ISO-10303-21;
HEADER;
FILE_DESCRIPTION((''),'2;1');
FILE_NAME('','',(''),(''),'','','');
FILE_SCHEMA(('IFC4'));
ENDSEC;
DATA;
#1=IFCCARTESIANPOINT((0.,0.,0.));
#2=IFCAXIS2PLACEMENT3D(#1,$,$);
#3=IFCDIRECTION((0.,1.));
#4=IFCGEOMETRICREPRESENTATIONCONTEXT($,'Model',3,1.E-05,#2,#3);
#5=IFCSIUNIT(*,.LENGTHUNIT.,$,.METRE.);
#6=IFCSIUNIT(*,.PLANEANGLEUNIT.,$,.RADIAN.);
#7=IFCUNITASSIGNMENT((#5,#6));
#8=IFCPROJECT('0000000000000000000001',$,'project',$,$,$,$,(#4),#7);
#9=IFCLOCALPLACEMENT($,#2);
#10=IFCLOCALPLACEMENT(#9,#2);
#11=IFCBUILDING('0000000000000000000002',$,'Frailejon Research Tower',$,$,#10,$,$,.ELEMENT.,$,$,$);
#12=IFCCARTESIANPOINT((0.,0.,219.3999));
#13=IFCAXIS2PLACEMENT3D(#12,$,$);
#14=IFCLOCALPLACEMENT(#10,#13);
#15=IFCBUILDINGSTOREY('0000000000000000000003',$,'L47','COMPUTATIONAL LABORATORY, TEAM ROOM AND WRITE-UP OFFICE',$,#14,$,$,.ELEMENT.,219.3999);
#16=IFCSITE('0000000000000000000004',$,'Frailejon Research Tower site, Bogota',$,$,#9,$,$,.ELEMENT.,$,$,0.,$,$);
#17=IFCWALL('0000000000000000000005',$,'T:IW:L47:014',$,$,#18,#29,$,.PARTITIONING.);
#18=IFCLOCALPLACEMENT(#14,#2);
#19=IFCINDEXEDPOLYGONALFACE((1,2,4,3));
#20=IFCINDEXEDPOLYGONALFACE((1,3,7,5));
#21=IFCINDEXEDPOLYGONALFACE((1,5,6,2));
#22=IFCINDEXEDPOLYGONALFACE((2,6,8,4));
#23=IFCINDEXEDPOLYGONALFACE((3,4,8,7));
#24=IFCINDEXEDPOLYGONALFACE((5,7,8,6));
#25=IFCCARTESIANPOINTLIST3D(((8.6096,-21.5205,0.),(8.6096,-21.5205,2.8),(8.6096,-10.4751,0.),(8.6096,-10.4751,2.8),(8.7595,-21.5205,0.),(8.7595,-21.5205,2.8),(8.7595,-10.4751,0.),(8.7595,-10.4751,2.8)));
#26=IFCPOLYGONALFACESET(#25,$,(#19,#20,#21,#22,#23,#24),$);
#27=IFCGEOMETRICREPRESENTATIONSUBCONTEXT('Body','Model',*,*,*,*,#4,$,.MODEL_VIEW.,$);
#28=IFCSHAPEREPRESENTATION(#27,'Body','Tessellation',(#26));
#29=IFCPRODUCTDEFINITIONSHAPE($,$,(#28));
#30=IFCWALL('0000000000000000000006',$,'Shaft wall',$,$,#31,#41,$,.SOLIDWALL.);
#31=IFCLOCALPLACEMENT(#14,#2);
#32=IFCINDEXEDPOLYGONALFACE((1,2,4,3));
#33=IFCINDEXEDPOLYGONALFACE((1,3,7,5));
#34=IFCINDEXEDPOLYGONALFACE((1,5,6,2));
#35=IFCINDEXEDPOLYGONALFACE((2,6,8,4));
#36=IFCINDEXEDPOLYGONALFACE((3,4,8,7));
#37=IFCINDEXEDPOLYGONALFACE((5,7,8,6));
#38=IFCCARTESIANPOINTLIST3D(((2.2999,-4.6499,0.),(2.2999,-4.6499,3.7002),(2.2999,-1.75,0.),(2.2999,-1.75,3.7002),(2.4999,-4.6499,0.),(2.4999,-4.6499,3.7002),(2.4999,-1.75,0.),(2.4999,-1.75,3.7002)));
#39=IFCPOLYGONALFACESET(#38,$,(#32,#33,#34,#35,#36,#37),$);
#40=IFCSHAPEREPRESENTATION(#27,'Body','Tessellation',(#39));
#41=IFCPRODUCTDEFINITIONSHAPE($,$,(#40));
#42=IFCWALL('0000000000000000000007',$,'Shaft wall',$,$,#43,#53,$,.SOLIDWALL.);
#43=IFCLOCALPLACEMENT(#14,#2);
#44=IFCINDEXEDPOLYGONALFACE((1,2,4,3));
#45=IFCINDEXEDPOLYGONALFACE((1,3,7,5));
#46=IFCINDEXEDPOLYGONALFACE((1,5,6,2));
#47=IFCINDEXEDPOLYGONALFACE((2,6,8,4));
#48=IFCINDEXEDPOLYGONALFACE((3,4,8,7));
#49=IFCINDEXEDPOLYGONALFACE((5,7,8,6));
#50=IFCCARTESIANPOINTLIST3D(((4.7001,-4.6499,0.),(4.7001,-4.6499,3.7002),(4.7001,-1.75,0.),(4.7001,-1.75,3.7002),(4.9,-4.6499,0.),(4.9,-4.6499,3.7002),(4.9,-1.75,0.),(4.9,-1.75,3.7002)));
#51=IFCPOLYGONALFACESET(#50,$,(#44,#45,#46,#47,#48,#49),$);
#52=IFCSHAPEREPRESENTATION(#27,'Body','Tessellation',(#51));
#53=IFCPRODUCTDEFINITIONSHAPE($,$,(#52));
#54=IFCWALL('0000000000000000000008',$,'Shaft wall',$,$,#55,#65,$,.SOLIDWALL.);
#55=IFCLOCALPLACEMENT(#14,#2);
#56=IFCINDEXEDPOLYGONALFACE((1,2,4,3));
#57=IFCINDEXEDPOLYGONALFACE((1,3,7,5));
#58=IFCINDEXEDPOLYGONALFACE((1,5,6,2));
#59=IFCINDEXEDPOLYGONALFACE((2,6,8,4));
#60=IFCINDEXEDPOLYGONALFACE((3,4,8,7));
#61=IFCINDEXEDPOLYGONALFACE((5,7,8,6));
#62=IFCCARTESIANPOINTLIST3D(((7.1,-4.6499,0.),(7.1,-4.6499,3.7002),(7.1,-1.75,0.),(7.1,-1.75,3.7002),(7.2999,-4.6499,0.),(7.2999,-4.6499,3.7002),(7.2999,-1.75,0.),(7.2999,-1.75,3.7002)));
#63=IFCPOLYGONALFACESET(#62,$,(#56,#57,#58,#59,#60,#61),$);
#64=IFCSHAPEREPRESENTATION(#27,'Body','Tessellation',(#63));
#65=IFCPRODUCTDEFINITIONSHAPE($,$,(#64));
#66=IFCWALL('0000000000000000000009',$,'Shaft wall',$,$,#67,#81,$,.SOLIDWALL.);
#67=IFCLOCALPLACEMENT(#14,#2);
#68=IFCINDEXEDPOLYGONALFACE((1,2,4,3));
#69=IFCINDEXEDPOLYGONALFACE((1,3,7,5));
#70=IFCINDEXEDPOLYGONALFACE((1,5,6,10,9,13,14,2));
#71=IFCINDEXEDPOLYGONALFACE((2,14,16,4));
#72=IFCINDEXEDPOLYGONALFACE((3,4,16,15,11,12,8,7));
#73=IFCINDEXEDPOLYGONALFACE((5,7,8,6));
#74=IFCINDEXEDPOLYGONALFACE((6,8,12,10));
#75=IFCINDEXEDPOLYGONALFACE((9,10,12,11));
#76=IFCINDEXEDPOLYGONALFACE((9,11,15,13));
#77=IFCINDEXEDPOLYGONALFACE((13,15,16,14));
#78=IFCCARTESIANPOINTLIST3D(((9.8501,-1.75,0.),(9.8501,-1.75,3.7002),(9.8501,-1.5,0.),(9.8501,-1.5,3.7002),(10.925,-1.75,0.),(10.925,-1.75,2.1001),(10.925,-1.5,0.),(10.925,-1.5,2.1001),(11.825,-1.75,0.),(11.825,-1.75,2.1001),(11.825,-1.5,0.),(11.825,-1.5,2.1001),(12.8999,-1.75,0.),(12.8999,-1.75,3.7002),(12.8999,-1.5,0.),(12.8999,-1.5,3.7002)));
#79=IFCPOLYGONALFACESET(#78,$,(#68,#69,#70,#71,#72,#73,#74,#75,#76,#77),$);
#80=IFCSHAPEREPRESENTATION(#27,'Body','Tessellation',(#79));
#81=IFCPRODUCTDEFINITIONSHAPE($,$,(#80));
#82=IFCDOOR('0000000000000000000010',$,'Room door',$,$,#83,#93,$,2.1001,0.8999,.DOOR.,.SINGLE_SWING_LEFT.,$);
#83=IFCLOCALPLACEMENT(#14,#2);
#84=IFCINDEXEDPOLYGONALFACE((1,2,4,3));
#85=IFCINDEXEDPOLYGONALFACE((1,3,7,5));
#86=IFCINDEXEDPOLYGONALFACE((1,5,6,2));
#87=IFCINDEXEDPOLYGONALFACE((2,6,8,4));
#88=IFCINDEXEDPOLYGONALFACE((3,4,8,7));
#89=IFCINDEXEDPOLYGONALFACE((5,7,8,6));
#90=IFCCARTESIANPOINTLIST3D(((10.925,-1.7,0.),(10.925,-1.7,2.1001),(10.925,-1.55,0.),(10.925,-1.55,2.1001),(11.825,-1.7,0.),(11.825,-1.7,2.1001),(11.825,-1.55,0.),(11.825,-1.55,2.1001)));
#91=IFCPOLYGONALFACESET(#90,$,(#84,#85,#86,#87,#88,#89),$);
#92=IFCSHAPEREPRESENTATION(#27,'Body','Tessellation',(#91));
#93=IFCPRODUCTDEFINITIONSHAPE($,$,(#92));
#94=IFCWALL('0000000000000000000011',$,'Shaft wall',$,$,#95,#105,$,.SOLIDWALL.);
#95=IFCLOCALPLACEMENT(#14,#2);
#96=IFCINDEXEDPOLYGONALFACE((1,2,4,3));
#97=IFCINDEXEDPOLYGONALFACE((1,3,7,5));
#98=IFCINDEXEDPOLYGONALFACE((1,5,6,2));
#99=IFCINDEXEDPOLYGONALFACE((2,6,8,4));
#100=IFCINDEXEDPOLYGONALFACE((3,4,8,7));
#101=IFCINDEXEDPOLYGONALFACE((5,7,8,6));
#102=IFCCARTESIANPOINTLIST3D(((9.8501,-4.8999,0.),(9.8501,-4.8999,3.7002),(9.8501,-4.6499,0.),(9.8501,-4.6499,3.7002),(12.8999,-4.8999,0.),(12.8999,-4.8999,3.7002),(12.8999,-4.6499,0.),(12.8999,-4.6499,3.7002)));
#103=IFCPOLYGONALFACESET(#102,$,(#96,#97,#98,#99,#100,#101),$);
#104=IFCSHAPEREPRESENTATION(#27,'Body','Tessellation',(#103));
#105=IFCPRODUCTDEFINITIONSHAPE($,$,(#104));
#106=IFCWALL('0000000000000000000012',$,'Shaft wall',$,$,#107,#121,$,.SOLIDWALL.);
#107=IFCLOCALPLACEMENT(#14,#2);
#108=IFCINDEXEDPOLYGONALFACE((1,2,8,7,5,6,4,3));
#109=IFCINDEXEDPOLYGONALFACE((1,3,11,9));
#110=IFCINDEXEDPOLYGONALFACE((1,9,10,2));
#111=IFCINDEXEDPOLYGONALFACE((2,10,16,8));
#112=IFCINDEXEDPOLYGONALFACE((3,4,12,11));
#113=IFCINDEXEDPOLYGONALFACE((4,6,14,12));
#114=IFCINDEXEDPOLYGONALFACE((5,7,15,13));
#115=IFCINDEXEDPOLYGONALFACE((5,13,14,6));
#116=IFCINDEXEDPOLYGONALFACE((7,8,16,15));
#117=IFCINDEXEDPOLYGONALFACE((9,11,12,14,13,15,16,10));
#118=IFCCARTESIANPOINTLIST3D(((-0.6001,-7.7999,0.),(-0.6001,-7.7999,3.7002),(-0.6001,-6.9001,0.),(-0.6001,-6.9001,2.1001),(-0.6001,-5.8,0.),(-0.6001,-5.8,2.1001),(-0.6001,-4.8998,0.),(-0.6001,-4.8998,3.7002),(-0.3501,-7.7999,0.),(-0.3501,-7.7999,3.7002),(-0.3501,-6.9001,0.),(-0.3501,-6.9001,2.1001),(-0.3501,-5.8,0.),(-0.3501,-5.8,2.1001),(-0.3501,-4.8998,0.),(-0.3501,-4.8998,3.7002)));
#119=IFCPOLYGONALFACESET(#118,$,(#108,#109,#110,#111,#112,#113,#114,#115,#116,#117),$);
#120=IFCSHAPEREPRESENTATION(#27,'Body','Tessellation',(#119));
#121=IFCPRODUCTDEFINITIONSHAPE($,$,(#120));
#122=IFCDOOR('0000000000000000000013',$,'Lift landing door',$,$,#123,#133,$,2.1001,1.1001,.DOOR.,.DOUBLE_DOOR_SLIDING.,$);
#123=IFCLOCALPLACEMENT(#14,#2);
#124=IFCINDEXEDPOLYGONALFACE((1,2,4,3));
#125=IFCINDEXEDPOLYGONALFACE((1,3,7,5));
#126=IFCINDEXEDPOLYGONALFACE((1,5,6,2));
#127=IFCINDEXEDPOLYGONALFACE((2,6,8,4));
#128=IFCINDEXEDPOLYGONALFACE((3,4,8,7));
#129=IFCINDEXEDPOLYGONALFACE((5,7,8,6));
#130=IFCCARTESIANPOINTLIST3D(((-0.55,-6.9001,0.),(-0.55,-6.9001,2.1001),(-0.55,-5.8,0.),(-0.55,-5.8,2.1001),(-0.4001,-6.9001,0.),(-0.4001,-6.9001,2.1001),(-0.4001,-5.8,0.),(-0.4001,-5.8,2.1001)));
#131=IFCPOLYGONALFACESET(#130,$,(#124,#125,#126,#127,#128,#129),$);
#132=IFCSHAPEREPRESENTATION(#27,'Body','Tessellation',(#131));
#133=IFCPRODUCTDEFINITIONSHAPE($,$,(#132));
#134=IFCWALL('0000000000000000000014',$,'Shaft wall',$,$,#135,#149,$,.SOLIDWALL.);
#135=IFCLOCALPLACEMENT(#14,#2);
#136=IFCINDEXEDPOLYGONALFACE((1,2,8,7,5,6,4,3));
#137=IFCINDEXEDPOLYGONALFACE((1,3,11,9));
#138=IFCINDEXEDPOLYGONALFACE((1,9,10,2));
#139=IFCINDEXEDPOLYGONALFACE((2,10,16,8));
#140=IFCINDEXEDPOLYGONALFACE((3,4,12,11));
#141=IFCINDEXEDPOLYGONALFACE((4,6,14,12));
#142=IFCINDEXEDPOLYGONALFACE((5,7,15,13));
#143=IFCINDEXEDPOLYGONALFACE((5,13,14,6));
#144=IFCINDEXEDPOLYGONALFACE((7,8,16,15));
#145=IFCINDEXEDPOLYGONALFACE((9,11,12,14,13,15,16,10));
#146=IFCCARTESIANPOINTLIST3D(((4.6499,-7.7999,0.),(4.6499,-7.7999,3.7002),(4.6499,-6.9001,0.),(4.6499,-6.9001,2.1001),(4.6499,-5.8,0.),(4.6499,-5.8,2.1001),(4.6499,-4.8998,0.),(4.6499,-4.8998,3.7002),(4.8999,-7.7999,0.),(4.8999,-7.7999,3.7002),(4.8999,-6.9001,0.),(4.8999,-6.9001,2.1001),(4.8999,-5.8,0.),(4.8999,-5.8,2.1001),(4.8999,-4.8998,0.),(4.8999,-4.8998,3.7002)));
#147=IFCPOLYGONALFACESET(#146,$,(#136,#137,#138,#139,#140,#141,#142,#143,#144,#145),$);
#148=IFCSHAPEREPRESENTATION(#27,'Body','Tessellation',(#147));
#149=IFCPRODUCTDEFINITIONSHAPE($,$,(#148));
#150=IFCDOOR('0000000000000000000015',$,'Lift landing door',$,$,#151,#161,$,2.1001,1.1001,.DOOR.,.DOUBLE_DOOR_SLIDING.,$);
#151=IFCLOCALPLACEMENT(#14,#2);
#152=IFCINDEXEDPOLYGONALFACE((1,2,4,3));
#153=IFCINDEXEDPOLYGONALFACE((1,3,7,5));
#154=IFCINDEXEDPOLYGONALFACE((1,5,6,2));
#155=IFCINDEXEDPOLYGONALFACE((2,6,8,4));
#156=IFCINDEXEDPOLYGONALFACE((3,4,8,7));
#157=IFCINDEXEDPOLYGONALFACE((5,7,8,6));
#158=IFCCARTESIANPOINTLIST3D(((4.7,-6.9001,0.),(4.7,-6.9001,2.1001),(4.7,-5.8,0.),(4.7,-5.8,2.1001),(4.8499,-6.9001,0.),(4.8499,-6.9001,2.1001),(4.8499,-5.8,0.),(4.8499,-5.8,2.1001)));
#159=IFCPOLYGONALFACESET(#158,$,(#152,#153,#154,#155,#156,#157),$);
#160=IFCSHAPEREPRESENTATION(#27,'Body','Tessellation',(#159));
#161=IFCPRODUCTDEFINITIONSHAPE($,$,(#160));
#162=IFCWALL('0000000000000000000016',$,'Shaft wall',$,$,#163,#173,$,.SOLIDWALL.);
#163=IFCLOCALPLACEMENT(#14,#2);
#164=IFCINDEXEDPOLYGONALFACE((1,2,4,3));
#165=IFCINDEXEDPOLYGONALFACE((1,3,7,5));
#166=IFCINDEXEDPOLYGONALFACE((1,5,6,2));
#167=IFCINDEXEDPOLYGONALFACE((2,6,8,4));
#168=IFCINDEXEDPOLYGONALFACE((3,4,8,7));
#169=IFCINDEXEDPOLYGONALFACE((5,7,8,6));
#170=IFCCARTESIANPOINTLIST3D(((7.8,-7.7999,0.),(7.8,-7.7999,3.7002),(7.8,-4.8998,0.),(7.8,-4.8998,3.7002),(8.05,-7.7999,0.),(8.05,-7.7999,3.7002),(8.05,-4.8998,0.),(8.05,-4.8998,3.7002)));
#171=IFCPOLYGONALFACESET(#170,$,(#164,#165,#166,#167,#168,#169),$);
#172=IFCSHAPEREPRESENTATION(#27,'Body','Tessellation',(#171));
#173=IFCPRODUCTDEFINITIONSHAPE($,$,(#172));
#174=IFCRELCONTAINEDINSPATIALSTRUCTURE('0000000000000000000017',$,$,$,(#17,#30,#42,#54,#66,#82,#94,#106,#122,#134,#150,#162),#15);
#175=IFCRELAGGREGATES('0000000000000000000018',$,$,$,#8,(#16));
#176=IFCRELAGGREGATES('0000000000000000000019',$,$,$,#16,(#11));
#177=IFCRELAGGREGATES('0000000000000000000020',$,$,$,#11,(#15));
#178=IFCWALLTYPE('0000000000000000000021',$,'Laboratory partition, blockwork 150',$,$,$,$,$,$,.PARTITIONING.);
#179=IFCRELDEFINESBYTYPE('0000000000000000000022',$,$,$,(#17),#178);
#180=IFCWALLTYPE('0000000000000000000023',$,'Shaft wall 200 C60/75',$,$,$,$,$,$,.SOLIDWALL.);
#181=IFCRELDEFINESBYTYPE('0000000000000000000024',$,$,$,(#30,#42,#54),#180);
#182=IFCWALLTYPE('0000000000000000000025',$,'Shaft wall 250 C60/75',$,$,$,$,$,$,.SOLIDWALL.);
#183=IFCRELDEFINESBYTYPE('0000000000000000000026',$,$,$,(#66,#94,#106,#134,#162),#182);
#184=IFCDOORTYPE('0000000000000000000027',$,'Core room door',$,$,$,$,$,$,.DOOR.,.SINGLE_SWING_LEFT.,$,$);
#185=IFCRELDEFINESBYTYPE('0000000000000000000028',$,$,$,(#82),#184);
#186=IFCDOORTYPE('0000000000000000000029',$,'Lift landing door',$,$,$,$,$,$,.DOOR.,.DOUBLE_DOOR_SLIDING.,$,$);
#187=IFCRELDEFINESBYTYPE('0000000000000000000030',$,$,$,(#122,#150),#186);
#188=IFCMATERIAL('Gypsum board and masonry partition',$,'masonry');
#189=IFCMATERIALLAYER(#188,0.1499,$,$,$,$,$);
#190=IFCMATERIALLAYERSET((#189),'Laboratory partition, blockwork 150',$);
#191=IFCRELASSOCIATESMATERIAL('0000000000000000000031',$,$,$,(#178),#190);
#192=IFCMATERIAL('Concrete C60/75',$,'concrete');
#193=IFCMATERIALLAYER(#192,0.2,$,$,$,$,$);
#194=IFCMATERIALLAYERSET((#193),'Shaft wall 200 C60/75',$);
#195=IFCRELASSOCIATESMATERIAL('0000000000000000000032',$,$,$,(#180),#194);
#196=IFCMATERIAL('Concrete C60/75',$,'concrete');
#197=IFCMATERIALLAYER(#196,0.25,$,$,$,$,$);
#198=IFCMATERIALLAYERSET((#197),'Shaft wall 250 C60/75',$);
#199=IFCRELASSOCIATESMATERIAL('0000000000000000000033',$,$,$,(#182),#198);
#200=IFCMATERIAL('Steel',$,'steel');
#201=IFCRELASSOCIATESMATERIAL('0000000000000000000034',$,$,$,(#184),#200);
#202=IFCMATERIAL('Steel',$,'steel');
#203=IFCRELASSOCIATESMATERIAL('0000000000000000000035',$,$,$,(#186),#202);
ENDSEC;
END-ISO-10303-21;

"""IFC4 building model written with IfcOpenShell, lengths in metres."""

from ifc_helpers import new_model, si_unit, direction, frame, frame_2d, origin, place, context, subcontext, project, spatial, rectangle, extrude, material, layer, layer_set, type_object, element, fill, save


model = new_model("IFC4")

# Units and contexts
model_context = context("Model", 3, precision=1e-05, world=origin(), true_north=direction((0.0, 1.0)))
body_context = subcontext(model_context, "Body", "Model", "MODEL_VIEW")
ifc_project = project(units=[si_unit("LENGTHUNIT", "METRE"), si_unit("PLANEANGLEUNIT", "RADIAN")], contexts=[model_context])

# Site, building, storey
site_placement = place(None, origin())
site = spatial("IfcSite", under=ifc_project, at=site_placement, Name="Frailejon Research Tower site, Bogota", CompositionType="ELEMENT", RefElevation=0.0)
building_placement = place(site_placement, origin())
building = spatial("IfcBuilding", under=site, at=building_placement, Name="Frailejon Research Tower", CompositionType="ELEMENT")
storey_placement = place(building_placement, frame((0.0, 0.0, 219.3999)))
storey = spatial("IfcBuildingStorey", under=building, at=storey_placement, Name="L47", Description="COMPUTATIONAL LABORATORY, TEAM ROOM AND WRITE-UP OFFICE", CompositionType="ELEMENT", Elevation=219.3999)

# Walls
ifc_material_1 = material(Name="Gypsum board and masonry partition", Category="masonry")
ifc_layer_1 = layer(ifc_material_1, 0.1499)
ifc_layer_set_1 = layer_set([ifc_layer_1], Name="Laboratory partition, blockwork 150")
wall_type_1 = type_object("IfcWallType", Name="Laboratory partition, blockwork 150", PredefinedType="PARTITIONING", material=ifc_layer_set_1)
wall_1_placement = place(storey_placement, frame((8.6846, -21.5205, 0.0), z_axis=(0.0, 0.0, 1.0), x_axis=(0.0, 1.0, 0.0)))
element("IfcWall", 1, at=wall_1_placement, inside=storey, type_object=wall_type_1, Name="T:IW:L47:014", PredefinedType="PARTITIONING", context=body_context, shape_type="SweptSolid", body=[
    extrude(rectangle(XDim=11.0454, YDim=0.1499, at=frame_2d((5.5227, 0.0))), origin(), (0.0, 0.0, 1.0), 2.8),
])
ifc_material_2 = material(Name="Concrete C60/75", Category="concrete")
ifc_layer_2 = layer(ifc_material_2, 0.2)
ifc_layer_set_2 = layer_set([ifc_layer_2], Name="Shaft wall 200 C60/75")
wall_type_2 = type_object("IfcWallType", Name="Shaft wall 200 C60/75", PredefinedType="SOLIDWALL", material=ifc_layer_set_2)
for number, where, z_axis, x_axis, name in (
    (2, (2.3999, -4.6499, 0.0), (0.0, 0.0, 1.0), (0.0, 1.0, 0.0), "Shaft wall"),
    (3, (4.8, -4.6499, 0.0), (0.0, 0.0, 1.0), (0.0, 1.0, 0.0), "Shaft wall"),
    (4, (7.2, -4.6499, 0.0), (0.0, 0.0, 1.0), (0.0, 1.0, 0.0), "Shaft wall"),
):
    element("IfcWall", number, at=place(storey_placement, frame(where, z_axis=z_axis, x_axis=x_axis)), inside=storey, type_object=wall_type_2, Name=name, PredefinedType="SOLIDWALL", context=body_context, shape_type="SweptSolid", body=[
        extrude(rectangle(XDim=2.8999, YDim=0.2, at=frame_2d((1.45, 0.0))), origin(), (0.0, 0.0, 1.0), 3.7002),
    ])

# Wall, opening, door
ifc_material_3 = material(Name="Concrete C60/75", Category="concrete")
ifc_layer_3 = layer(ifc_material_3, 0.25)
ifc_layer_set_3 = layer_set([ifc_layer_3], Name="Shaft wall 250 C60/75")
wall_type_3 = type_object("IfcWallType", Name="Shaft wall 250 C60/75", PredefinedType="SOLIDWALL", material=ifc_layer_set_3)
wall_2_placement = place(storey_placement, frame((9.8501, -1.625, 0.0), z_axis=(0.0, 0.0, 1.0), x_axis=(1.0, 0.0, 0.0)))
wall_2 = element("IfcWall", 5, at=wall_2_placement, inside=storey, type_object=wall_type_3, Name="Shaft wall", PredefinedType="SOLIDWALL", context=body_context, shape_type="SweptSolid", body=[
    extrude(rectangle(XDim=3.0498, YDim=0.25, at=frame_2d((1.5249, 0.0))), origin(), (0.0, 0.0, 1.0), 3.7002),
])
opening_1_placement = place(wall_2_placement, frame((1.075, 0.0, 0.0)))
opening_1 = element("IfcOpeningElement", 6, at=opening_1_placement, cuts=wall_2, PredefinedType="OPENING", context=body_context, shape_type="SweptSolid", body=[
    extrude(rectangle(XDim=0.8999, YDim=2.1001, at=frame_2d((0.45, 1.05))), frame((0.0, 0.135, 0.0), z_axis=(0.0, -1.0, 0.0), x_axis=(1.0, 0.0, 0.0)), (0.0, 0.0, 1.0), 0.27),
])
ifc_material_4 = material(Name="Steel", Category="steel")
door_type_1 = type_object("IfcDoorType", Name="Core room door", OperationType="SINGLE_SWING_LEFT", PredefinedType="DOOR", material=ifc_material_4)
door_1_placement = place(opening_1_placement, origin())
door_1 = element("IfcDoor", 7, at=door_1_placement, inside=storey, type_object=door_type_1, Name="Room door", OperationType="SINGLE_SWING_LEFT", OverallHeight=2.1001, OverallWidth=0.8999, PredefinedType="DOOR", context=body_context, shape_type="SweptSolid", body=[
    extrude(rectangle(XDim=0.8999, YDim=2.1001, at=frame_2d((0.45, 1.05))), frame((0.0, 0.075, 0.0), z_axis=(0.0, -1.0, 0.0), x_axis=(1.0, 0.0, 0.0)), (0.0, 0.0, 1.0), 0.1499),
])
fill(opening_1, door_1)

# Wall
wall_3_placement = place(storey_placement, frame((9.8501, -4.7749, 0.0), z_axis=(0.0, 0.0, 1.0), x_axis=(1.0, 0.0, 0.0)))
element("IfcWall", 8, at=wall_3_placement, inside=storey, type_object=wall_type_3, Name="Shaft wall", PredefinedType="SOLIDWALL", context=body_context, shape_type="SweptSolid", body=[
    extrude(rectangle(XDim=3.0498, YDim=0.25, at=frame_2d((1.5249, 0.0))), origin(), (0.0, 0.0, 1.0), 3.7002),
])

# Walls, openings, doors
wall_4_placement = place(storey_placement, frame((-0.4751, -7.8, 0.0), z_axis=(0.0, 0.0, 1.0), x_axis=(0.0, 1.0, 0.0)))
wall_4 = element("IfcWall", 9, at=wall_4_placement, inside=storey, type_object=wall_type_3, Name="Shaft wall", PredefinedType="SOLIDWALL", context=body_context, shape_type="SweptSolid", body=[
    extrude(rectangle(XDim=2.9001, YDim=0.25, at=frame_2d((1.4502, 0.0))), origin(), (0.0, 0.0, 1.0), 3.7002),
])
opening_2_placement = place(wall_4_placement, frame((0.8999, 0.0, 0.0)))
opening_2 = element("IfcOpeningElement", 10, at=opening_2_placement, cuts=wall_4, PredefinedType="OPENING", context=body_context, shape_type="SweptSolid", body=[
    extrude(rectangle(XDim=1.1001, YDim=2.1001, at=frame_2d((0.55, 1.05))), frame((0.0, 0.135, 0.0), z_axis=(0.0, -1.0, 0.0), x_axis=(1.0, 0.0, 0.0)), (0.0, 0.0, 1.0), 0.27),
])
ifc_material_5 = material(Name="Steel", Category="steel")
door_type_2 = type_object("IfcDoorType", Name="Lift landing door", OperationType="DOUBLE_DOOR_SLIDING", PredefinedType="DOOR", material=ifc_material_5)
door_2_placement = place(opening_2_placement, origin())
door_2 = element("IfcDoor", 11, at=door_2_placement, inside=storey, type_object=door_type_2, Name="Lift landing door", OperationType="DOUBLE_DOOR_SLIDING", OverallHeight=2.1001, OverallWidth=1.1001, PredefinedType="DOOR", context=body_context, shape_type="SweptSolid", body=[
    extrude(rectangle(XDim=1.1001, YDim=2.1001, at=frame_2d((0.55, 1.05))), frame((0.0, 0.075, 0.0), z_axis=(0.0, -1.0, 0.0), x_axis=(1.0, 0.0, 0.0)), (0.0, 0.0, 1.0), 0.1499),
])
fill(opening_2, door_2)
wall_5_placement = place(storey_placement, frame((4.7749, -7.8, 0.0), z_axis=(0.0, 0.0, 1.0), x_axis=(0.0, 1.0, 0.0)))
wall_5 = element("IfcWall", 12, at=wall_5_placement, inside=storey, type_object=wall_type_3, Name="Shaft wall", PredefinedType="SOLIDWALL", context=body_context, shape_type="SweptSolid", body=[
    extrude(rectangle(XDim=2.9001, YDim=0.25, at=frame_2d((1.4502, 0.0))), origin(), (0.0, 0.0, 1.0), 3.7002),
])
opening_3_placement = place(wall_5_placement, frame((0.8999, 0.0, 0.0)))
opening_3 = element("IfcOpeningElement", 13, at=opening_3_placement, cuts=wall_5, PredefinedType="OPENING", context=body_context, shape_type="SweptSolid", body=[
    extrude(rectangle(XDim=1.1001, YDim=2.1001, at=frame_2d((0.55, 1.05))), frame((0.0, 0.135, 0.0), z_axis=(0.0, -1.0, 0.0), x_axis=(1.0, 0.0, 0.0)), (0.0, 0.0, 1.0), 0.27),
])
door_3_placement = place(opening_3_placement, origin())
door_3 = element("IfcDoor", 14, at=door_3_placement, inside=storey, type_object=door_type_2, Name="Lift landing door", OperationType="DOUBLE_DOOR_SLIDING", OverallHeight=2.1001, OverallWidth=1.1001, PredefinedType="DOOR", context=body_context, shape_type="SweptSolid", body=[
    extrude(rectangle(XDim=1.1001, YDim=2.1001, at=frame_2d((0.55, 1.05))), frame((0.0, 0.075, 0.0), z_axis=(0.0, -1.0, 0.0), x_axis=(1.0, 0.0, 0.0)), (0.0, 0.0, 1.0), 0.1499),
])
fill(opening_3, door_3)

# Wall
wall_6_placement = place(storey_placement, frame((7.925, -7.8, 0.0), z_axis=(0.0, 0.0, 1.0), x_axis=(0.0, 1.0, 0.0)))
element("IfcWall", 15, at=wall_6_placement, inside=storey, type_object=wall_type_3, Name="Shaft wall", PredefinedType="SOLIDWALL", context=body_context, shape_type="SweptSolid", body=[
    extrude(rectangle(XDim=2.9001, YDim=0.25, at=frame_2d((1.4502, 0.0))), origin(), (0.0, 0.0, 1.0), 3.7002),
])

save(model, "model.ifc")
